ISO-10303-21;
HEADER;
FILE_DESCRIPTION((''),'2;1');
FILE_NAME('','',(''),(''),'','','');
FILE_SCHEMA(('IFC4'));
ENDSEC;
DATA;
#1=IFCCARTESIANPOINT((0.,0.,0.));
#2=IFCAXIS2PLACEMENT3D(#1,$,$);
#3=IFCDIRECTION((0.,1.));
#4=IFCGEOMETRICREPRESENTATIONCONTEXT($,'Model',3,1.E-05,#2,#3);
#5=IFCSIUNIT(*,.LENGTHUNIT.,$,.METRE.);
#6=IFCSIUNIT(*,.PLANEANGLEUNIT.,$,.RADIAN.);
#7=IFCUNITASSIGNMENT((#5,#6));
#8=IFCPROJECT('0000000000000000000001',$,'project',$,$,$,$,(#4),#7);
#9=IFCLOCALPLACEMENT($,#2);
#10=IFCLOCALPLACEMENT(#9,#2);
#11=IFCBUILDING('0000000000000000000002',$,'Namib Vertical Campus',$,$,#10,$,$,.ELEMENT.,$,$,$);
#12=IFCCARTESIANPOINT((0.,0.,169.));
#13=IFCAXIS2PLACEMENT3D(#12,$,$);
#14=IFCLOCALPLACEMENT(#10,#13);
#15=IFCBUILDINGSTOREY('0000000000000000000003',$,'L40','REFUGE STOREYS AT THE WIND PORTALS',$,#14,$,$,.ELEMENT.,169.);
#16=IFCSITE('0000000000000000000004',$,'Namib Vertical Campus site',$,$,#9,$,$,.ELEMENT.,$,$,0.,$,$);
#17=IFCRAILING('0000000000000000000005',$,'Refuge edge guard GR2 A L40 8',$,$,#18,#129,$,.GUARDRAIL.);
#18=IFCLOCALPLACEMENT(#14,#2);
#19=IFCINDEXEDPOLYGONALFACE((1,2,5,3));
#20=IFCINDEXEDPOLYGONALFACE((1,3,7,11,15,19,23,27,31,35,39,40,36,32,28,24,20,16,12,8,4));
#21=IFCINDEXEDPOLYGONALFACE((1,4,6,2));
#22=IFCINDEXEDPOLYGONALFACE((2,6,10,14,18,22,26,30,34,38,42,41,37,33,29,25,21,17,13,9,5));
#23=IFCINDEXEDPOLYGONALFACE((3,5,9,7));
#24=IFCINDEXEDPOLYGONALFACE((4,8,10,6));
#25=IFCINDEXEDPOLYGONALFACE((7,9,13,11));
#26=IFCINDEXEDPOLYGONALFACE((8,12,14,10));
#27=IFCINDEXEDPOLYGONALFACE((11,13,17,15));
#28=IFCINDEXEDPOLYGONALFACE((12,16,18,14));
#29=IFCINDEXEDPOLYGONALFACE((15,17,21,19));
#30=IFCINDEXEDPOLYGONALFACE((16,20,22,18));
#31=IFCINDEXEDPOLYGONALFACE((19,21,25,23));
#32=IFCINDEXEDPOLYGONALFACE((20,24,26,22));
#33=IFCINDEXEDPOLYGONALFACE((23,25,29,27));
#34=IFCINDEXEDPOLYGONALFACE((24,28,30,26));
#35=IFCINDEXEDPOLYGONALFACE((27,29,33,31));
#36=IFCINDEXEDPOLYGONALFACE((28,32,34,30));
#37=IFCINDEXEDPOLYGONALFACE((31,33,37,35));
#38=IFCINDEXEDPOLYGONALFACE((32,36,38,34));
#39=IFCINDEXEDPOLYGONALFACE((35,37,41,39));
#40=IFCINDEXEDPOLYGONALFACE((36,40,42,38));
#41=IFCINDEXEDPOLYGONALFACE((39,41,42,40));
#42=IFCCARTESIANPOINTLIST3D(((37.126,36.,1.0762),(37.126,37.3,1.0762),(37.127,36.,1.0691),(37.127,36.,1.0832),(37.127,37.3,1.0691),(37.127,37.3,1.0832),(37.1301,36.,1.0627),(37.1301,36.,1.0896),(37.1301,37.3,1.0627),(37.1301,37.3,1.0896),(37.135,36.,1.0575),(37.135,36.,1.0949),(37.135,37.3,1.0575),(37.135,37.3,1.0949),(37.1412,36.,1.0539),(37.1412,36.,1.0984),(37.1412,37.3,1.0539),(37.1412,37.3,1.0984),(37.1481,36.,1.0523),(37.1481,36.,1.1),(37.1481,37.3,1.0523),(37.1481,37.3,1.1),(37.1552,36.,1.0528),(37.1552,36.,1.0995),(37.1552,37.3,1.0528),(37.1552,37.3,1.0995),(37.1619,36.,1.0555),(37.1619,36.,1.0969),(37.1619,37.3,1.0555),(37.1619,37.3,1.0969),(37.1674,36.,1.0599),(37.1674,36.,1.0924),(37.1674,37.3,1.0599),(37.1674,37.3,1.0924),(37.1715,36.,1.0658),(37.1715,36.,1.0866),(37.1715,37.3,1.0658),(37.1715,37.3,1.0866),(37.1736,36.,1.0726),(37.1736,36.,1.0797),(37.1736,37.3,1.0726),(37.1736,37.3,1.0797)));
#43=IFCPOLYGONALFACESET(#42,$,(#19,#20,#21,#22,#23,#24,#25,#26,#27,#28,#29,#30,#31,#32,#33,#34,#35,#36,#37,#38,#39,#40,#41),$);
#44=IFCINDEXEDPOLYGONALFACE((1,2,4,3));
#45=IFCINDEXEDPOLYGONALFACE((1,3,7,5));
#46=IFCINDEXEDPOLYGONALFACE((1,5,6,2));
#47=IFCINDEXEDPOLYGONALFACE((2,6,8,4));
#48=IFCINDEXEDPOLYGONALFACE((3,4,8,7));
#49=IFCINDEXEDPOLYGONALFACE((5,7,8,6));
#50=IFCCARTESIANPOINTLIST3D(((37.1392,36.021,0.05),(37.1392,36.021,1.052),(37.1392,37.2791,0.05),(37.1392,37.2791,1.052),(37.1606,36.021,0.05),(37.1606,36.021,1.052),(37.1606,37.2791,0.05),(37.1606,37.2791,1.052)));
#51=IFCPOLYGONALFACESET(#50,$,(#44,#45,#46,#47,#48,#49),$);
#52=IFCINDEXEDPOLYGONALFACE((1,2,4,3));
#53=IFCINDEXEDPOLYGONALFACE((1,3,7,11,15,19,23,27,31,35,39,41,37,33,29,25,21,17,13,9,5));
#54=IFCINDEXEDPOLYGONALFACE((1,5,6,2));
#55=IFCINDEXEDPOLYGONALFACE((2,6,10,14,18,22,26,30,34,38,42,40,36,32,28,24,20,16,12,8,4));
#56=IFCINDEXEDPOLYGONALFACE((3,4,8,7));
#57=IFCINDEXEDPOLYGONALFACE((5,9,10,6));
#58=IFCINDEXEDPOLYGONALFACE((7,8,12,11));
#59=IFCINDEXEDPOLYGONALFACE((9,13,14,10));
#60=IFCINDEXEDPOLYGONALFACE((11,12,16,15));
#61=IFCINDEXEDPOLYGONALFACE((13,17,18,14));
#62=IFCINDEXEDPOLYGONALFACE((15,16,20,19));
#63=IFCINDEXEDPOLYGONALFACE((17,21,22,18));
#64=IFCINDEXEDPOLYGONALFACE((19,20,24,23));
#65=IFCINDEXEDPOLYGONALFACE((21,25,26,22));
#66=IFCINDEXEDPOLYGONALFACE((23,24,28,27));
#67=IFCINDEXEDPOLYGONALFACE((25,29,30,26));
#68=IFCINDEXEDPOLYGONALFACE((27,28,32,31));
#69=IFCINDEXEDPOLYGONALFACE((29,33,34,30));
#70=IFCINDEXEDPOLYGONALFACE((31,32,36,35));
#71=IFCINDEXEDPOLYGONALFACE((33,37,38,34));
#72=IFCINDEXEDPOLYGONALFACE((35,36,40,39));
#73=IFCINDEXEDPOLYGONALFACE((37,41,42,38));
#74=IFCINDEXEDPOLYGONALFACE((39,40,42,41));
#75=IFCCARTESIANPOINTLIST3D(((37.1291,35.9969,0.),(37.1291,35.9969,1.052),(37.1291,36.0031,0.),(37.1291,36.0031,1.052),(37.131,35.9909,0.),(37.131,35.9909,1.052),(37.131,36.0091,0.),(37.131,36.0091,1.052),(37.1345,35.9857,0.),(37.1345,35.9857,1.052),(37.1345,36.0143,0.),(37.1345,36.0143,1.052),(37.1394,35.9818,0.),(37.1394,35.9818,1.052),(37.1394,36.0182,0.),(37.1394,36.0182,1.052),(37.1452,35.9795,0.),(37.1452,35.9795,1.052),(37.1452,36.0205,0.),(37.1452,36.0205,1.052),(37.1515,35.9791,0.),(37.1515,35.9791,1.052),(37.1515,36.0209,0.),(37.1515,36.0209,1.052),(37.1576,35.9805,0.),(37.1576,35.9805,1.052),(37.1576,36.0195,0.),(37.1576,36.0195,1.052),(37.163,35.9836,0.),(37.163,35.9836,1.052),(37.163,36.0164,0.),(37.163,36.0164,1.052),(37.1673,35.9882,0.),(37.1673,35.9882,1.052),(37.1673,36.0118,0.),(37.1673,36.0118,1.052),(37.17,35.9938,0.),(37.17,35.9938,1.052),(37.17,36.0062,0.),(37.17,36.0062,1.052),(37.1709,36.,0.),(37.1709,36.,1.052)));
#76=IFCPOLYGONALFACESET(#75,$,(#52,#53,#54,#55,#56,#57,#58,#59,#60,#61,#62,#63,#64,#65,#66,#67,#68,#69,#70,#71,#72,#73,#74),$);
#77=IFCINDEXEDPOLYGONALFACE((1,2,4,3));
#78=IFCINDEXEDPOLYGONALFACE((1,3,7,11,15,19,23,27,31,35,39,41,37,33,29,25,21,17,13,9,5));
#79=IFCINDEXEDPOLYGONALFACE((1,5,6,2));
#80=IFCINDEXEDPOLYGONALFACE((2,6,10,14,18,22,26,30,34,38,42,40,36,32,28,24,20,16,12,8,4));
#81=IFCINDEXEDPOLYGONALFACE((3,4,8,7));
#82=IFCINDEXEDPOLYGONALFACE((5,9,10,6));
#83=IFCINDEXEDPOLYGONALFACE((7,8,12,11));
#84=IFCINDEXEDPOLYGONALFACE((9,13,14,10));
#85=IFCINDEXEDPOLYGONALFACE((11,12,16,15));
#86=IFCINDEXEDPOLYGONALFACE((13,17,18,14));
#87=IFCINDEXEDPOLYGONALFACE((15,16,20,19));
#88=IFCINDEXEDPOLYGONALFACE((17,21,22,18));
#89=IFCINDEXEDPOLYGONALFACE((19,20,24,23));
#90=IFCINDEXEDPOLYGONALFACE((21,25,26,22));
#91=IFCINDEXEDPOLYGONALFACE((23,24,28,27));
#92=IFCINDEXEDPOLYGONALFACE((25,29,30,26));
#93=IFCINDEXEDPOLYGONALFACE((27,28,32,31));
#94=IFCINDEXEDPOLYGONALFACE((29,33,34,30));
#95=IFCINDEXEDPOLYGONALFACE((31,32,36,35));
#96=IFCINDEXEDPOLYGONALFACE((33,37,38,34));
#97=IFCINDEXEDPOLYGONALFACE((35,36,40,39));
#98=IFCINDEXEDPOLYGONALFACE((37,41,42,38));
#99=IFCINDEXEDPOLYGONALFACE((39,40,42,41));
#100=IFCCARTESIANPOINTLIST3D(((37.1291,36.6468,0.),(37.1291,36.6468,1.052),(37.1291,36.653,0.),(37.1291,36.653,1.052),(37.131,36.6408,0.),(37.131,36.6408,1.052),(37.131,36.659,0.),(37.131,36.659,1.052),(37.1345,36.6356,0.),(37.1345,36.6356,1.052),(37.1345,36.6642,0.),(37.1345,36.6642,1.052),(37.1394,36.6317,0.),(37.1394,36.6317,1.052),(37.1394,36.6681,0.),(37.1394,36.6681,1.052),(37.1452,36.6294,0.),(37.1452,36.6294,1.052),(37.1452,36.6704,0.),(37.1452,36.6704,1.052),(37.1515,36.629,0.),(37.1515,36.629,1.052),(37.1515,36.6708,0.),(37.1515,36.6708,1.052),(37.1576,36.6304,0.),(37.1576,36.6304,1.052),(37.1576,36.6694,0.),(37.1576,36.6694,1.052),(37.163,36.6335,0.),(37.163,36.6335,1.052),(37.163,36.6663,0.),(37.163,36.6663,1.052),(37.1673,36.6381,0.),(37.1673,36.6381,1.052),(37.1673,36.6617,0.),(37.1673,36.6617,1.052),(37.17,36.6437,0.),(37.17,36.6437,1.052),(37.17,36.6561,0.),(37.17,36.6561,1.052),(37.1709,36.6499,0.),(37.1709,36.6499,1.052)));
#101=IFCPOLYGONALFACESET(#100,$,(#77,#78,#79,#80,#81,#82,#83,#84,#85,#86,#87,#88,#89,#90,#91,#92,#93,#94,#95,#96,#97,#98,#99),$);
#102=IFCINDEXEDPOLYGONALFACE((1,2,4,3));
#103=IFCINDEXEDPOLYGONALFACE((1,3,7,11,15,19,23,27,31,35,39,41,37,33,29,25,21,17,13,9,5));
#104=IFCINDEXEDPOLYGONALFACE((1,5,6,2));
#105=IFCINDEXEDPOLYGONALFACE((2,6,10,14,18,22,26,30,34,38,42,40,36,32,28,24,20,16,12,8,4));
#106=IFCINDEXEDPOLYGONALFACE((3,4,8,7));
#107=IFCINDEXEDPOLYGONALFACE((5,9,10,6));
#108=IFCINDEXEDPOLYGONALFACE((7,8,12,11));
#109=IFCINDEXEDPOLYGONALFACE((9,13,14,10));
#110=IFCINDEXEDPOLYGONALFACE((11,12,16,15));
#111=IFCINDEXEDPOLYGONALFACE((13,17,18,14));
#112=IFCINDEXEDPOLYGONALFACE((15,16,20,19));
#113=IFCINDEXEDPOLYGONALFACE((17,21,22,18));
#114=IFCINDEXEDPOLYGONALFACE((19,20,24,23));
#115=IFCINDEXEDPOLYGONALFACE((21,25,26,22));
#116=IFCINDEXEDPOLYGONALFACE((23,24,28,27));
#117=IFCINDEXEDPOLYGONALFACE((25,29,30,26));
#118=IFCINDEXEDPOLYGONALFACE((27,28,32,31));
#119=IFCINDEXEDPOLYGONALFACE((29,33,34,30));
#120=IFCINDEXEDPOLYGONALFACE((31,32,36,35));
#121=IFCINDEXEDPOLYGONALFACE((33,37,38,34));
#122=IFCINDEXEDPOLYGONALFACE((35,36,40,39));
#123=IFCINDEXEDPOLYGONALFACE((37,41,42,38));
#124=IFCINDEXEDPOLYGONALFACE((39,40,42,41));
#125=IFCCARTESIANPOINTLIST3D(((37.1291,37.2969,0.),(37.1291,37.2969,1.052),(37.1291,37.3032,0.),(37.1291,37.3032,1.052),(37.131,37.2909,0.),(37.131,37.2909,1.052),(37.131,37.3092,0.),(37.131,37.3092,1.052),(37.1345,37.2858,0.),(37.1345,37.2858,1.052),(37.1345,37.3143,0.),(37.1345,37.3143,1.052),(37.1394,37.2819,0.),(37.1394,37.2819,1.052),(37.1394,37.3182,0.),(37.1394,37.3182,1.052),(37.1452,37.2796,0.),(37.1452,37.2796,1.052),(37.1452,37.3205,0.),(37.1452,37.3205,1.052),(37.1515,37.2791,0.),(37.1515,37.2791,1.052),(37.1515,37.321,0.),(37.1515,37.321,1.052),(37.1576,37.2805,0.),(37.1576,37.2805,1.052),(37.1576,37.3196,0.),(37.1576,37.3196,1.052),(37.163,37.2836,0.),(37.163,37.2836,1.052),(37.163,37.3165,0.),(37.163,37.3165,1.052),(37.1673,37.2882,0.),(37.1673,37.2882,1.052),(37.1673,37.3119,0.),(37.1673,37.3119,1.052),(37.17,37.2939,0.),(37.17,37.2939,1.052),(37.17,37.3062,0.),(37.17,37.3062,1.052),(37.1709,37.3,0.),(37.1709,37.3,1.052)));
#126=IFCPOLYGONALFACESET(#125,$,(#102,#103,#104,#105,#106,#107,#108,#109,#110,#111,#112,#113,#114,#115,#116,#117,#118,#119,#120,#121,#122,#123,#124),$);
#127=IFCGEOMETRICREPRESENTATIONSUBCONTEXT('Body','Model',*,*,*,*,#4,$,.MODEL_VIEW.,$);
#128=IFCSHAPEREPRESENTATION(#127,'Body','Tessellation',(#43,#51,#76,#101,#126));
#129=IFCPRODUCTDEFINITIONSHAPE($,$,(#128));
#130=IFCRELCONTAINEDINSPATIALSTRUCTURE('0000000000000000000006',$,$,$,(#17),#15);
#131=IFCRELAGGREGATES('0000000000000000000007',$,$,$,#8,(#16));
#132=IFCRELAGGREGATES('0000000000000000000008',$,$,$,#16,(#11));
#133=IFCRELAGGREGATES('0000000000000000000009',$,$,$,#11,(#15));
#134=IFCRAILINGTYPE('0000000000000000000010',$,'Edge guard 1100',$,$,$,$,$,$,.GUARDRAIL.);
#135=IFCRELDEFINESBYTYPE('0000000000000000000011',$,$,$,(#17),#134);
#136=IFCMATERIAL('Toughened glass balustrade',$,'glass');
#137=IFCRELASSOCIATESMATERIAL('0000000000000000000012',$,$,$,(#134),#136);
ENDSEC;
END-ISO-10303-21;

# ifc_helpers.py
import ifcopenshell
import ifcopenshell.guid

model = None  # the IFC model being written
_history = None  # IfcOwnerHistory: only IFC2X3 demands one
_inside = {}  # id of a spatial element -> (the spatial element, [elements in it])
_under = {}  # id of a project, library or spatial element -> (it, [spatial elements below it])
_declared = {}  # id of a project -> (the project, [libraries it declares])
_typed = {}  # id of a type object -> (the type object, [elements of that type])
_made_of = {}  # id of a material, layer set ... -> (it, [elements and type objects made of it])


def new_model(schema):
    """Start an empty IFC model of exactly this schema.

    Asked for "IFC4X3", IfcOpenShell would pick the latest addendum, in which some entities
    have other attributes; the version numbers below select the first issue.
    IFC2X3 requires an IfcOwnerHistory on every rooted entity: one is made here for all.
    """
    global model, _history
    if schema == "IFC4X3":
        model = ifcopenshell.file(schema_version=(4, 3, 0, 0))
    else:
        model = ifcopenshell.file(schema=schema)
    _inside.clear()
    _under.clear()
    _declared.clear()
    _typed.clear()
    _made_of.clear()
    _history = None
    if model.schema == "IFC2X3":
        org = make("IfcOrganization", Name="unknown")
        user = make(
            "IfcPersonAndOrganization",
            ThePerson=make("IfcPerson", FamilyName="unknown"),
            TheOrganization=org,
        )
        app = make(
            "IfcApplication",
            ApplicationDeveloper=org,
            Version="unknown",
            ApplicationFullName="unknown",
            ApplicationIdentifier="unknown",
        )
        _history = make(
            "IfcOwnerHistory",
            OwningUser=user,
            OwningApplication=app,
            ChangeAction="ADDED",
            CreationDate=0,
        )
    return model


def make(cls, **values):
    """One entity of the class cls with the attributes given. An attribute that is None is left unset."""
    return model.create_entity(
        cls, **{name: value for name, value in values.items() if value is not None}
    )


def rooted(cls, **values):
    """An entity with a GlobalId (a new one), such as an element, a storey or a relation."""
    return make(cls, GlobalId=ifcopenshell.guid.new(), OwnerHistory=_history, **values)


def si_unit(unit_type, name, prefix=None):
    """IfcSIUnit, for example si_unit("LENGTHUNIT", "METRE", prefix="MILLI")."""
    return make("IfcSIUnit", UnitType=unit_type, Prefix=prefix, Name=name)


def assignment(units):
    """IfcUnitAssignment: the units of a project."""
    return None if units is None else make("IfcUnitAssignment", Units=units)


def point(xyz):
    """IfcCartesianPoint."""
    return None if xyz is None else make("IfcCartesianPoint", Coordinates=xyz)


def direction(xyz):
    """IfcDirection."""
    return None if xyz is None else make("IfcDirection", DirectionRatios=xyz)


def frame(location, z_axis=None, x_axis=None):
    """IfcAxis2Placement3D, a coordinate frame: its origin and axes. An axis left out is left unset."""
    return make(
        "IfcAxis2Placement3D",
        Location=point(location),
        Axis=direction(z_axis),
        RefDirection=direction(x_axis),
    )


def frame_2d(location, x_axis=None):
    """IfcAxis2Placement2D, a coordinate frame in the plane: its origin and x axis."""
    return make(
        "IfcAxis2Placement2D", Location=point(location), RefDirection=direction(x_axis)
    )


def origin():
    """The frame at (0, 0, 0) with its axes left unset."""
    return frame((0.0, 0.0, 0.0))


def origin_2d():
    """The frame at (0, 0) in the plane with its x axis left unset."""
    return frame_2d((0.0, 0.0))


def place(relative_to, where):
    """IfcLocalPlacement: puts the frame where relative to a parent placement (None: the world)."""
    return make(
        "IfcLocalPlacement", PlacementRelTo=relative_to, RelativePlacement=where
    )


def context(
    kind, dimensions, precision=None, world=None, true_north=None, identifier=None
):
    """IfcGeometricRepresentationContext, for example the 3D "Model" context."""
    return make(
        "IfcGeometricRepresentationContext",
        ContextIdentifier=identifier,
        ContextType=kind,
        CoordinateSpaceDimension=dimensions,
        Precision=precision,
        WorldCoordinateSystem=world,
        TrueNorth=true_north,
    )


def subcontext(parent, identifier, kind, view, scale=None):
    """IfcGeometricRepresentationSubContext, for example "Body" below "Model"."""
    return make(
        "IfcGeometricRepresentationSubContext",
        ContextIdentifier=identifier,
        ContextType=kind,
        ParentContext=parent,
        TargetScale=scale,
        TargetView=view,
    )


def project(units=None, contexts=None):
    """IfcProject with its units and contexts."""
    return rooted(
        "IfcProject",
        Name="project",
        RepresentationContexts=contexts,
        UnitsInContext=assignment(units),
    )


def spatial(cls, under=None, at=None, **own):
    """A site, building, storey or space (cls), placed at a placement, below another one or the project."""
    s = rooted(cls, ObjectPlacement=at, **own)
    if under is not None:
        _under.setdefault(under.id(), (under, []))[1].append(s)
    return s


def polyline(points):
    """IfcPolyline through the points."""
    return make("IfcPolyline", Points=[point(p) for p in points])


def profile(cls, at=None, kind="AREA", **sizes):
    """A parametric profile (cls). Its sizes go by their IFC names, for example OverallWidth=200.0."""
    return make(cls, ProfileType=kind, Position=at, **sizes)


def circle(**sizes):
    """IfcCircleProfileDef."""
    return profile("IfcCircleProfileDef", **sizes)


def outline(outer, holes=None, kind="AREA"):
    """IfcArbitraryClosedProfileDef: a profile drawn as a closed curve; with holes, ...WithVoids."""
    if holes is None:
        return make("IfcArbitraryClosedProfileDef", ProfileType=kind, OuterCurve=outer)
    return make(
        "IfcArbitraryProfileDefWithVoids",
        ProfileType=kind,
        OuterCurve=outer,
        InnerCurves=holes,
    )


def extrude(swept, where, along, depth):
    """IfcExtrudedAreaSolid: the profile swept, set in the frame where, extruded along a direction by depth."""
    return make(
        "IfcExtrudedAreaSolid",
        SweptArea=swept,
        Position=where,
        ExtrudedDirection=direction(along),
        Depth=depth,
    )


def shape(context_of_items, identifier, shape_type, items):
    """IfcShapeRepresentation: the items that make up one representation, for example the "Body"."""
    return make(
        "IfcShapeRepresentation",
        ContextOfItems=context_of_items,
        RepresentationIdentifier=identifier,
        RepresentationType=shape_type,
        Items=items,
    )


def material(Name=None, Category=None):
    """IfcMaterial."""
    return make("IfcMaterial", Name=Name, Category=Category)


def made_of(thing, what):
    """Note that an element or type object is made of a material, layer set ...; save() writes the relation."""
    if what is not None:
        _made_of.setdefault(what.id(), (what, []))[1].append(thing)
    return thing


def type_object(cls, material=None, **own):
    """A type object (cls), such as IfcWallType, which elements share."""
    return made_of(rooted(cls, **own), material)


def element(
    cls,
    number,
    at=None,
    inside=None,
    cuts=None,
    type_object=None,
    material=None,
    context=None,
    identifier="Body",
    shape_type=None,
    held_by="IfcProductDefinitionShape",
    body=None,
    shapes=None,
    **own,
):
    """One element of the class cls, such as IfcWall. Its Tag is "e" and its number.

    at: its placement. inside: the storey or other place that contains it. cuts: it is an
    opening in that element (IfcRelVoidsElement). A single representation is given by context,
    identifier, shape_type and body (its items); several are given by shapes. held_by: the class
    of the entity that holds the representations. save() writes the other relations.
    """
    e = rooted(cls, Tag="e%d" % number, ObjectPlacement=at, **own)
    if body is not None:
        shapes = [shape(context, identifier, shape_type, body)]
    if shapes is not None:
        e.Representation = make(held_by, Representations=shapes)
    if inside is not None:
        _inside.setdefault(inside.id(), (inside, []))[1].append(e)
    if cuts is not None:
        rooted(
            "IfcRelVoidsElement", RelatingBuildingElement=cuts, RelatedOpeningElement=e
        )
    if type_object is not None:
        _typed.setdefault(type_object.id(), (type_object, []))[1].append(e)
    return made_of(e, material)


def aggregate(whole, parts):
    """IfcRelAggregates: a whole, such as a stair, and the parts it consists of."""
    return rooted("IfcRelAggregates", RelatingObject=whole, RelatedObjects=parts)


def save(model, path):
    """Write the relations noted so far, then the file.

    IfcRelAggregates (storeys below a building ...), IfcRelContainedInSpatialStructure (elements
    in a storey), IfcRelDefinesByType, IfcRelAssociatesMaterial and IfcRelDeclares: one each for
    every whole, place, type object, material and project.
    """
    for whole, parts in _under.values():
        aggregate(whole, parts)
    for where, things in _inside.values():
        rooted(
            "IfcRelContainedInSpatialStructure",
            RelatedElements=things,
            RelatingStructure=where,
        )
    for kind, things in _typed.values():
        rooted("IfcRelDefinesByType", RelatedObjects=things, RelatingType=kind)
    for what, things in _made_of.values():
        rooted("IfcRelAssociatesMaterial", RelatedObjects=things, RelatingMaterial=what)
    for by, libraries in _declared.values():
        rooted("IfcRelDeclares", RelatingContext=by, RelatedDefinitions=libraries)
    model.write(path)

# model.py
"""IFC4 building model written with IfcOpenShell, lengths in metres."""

from ifc_helpers import new_model, si_unit, direction, frame, origin, origin_2d, place, context, subcontext, project, spatial, polyline, circle, outline, extrude, material, type_object, element, save


model = new_model("IFC4")

# Units and contexts
model_context = context("Model", 3, precision=1e-05, world=origin(), true_north=direction((0.0, 1.0)))
body_context = subcontext(model_context, "Body", "Model", "MODEL_VIEW")
ifc_project = project(units=[si_unit("LENGTHUNIT", "METRE"), si_unit("PLANEANGLEUNIT", "RADIAN")], contexts=[model_context])

# Site, building, storey
site_placement = place(None, origin())
site = spatial("IfcSite", under=ifc_project, at=site_placement, Name="Namib Vertical Campus site", CompositionType="ELEMENT", RefElevation=0.0)
building_placement = place(site_placement, origin())
building = spatial("IfcBuilding", under=site, at=building_placement, Name="Namib Vertical Campus", CompositionType="ELEMENT")
storey_placement = place(building_placement, frame((0.0, 0.0, 169.0)))
storey = spatial("IfcBuildingStorey", under=building, at=storey_placement, Name="L40", Description="REFUGE STOREYS AT THE WIND PORTALS", CompositionType="ELEMENT", Elevation=169.0)

# Railing
ifc_material_1 = material(Name="Toughened glass balustrade", Category="glass")
railing_type = type_object("IfcRailingType", Name="Edge guard 1100", PredefinedType="GUARDRAIL", material=ifc_material_1)
railing_1_placement = place(storey_placement, frame((37.1499, 36.0, 0.0)))
element("IfcRailing", 1, at=railing_1_placement, inside=storey, type_object=railing_type, Name="Refuge edge guard GR2 A L40 8", PredefinedType="GUARDRAIL", context=body_context, shape_type="SweptSolid", body=[
    extrude(circle(Radius=0.0239, at=origin_2d()), frame((0.0, 0.0, 1.0762), z_axis=(0.0, 1.0, 0.0), x_axis=(-1.0, 0.0, 0.0)), (0.0, 0.0, 1.0), 1.3),
    extrude(outline(polyline([(0.021, 0.05), (1.2791, 0.05), (1.2791, 1.052), (0.021, 1.052), (0.021, 0.05)])), frame((-0.0107, 0.0, 0.0), z_axis=(1.0, 0.0, 0.0), x_axis=(0.0, 1.0, 0.0)), (0.0, 0.0, 1.0), 0.0215),
    extrude(circle(Radius=0.021, at=origin_2d()), origin(), (0.0, 0.0, 1.0), 1.052),
    extrude(circle(Radius=0.021, at=origin_2d()), frame((0.0, 0.6499, 0.0)), (0.0, 0.0, 1.0), 1.052),
    extrude(circle(Radius=0.021, at=origin_2d()), frame((0.0, 1.3, 0.0)), (0.0, 0.0, 1.0), 1.052),
])

save(model, "model.ifc")
